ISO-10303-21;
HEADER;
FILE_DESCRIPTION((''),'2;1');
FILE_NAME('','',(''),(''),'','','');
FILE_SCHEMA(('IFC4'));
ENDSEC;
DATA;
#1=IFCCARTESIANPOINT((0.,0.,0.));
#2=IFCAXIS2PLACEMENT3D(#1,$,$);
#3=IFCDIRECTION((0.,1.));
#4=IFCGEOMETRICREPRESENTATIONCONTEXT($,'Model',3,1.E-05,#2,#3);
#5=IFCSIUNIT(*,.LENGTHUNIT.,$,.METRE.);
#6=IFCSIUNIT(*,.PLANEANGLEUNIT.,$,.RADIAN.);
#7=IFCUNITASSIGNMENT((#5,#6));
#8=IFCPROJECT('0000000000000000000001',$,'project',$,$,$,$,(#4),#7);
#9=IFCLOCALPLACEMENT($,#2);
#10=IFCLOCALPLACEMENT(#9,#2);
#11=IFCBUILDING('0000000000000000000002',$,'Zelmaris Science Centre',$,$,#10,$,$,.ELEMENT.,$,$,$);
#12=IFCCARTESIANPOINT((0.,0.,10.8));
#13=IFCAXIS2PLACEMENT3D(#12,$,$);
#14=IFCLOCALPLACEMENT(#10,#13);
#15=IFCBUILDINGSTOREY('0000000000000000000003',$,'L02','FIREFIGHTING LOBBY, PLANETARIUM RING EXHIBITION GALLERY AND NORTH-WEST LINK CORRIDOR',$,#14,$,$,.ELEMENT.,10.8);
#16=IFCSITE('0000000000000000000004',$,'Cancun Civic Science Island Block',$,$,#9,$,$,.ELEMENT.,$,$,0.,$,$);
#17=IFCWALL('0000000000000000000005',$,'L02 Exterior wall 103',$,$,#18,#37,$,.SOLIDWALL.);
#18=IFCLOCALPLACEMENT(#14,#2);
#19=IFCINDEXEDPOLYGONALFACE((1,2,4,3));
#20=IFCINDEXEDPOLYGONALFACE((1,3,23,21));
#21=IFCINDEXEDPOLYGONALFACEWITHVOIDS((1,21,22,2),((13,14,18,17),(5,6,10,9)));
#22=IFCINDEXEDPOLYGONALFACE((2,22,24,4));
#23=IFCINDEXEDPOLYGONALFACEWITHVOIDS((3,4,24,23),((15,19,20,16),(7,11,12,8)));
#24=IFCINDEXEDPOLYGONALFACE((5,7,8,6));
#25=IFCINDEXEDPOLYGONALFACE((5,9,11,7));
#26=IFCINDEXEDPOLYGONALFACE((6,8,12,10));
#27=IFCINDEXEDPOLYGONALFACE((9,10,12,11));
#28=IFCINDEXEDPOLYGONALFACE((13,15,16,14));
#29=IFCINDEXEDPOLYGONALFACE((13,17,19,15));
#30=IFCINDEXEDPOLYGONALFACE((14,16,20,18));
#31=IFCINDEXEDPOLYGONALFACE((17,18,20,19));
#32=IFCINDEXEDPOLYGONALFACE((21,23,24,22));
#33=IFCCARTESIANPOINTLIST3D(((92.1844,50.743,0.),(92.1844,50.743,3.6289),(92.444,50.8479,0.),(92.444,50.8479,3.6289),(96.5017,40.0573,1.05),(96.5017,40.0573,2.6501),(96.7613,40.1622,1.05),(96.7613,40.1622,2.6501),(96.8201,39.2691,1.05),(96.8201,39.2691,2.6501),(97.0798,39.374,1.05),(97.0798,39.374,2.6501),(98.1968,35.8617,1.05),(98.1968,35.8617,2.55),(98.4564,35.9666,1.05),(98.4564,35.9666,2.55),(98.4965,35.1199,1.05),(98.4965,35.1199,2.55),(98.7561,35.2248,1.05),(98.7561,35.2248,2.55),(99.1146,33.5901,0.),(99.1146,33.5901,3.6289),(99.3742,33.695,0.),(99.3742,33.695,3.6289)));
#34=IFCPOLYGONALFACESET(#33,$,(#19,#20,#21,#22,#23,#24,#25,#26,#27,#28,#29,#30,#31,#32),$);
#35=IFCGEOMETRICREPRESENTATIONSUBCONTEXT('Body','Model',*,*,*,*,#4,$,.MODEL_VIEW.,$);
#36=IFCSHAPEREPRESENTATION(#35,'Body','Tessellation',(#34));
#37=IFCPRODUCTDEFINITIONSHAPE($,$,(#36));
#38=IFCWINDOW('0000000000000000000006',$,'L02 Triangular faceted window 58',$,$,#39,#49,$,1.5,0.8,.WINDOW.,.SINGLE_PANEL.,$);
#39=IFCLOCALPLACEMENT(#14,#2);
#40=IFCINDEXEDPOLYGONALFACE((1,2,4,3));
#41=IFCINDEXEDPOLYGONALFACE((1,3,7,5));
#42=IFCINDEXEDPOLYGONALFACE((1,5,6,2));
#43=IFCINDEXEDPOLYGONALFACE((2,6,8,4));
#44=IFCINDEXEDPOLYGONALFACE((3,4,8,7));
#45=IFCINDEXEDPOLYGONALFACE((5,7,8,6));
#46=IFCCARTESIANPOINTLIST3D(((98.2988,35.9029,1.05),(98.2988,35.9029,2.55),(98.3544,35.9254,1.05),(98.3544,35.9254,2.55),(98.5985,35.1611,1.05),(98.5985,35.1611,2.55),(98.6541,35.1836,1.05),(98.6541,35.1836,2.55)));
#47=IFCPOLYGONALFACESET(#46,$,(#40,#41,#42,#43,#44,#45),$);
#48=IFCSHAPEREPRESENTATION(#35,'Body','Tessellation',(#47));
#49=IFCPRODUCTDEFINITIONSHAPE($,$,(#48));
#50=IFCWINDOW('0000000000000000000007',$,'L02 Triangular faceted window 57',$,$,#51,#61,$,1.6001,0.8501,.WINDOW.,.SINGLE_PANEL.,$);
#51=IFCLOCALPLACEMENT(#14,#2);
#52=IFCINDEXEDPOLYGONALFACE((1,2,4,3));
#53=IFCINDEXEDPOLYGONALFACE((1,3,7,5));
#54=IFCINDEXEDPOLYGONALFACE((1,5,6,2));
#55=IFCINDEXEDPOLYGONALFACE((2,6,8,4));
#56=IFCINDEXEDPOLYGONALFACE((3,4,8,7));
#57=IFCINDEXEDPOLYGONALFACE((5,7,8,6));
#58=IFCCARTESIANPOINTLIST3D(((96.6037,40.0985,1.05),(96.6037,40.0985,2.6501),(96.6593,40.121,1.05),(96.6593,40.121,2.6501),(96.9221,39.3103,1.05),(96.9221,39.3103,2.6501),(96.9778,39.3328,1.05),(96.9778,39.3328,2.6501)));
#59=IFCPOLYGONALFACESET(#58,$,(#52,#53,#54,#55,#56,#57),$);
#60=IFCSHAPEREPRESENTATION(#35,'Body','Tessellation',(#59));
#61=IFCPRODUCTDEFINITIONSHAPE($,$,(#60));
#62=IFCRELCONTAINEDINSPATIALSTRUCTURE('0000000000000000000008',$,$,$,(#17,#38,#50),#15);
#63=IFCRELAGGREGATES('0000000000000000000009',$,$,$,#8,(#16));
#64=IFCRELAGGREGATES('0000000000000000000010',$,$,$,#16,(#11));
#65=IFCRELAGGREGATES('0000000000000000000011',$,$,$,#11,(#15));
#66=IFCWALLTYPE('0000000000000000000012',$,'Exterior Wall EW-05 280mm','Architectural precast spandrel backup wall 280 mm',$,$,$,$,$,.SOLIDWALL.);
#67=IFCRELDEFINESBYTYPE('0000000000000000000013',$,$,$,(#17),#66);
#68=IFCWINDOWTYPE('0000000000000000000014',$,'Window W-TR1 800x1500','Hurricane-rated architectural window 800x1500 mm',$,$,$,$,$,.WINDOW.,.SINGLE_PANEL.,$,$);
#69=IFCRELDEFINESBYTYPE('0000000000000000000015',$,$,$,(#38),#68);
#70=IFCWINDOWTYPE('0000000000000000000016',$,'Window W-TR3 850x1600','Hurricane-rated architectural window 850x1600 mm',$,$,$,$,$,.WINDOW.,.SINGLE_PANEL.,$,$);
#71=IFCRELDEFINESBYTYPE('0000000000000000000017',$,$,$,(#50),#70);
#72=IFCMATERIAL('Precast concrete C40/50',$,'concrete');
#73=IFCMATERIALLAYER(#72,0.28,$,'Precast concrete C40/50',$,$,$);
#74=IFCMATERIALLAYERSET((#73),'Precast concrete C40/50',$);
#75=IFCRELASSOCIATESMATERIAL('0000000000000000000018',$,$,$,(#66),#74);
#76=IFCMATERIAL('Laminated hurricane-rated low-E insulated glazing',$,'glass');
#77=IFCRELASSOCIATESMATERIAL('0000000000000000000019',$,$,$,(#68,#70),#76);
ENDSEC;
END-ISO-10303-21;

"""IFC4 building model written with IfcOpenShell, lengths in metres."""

from ifc_helpers import new_model, si_unit, direction, frame, frame_2d, origin, place, context, subcontext, project, spatial, rectangle, extrude, material, layer, layer_set, type_object, element, fill, save


model = new_model("IFC4")

# Units and contexts
model_context = context("Model", 3, precision=1e-05, world=origin(), true_north=direction((0.0, 1.0)))
body_context = subcontext(model_context, "Body", "Model", "MODEL_VIEW")
ifc_project = project(units=[si_unit("LENGTHUNIT", "METRE"), si_unit("PLANEANGLEUNIT", "RADIAN")], contexts=[model_context])

# Site, building, storey
site_placement = place(None, origin())
site = spatial("IfcSite", under=ifc_project, at=site_placement, Name="Cancun Civic Science Island Block", CompositionType="ELEMENT", RefElevation=0.0)
building_placement = place(site_placement, origin())
building = spatial("IfcBuilding", under=site, at=building_placement, Name="Zelmaris Science Centre", CompositionType="ELEMENT")
storey_placement = place(building_placement, frame((0.0, 0.0, 10.8)))
storey = spatial("IfcBuildingStorey", under=building, at=storey_placement, Name="L02", Description="FIREFIGHTING LOBBY, PLANETARIUM RING EXHIBITION GALLERY AND NORTH-WEST LINK CORRIDOR", CompositionType="ELEMENT", Elevation=10.8)

# Shared definitions
ifc_material_1 = material(Name="Laminated hurricane-rated low-E insulated glazing", Category="glass")
ifc_material_2 = material(Name="Precast concrete C40/50", Category="concrete")

# Wall, openings, windows
ifc_layer_1 = layer(ifc_material_2, 0.28, Name="Precast concrete C40/50")
ifc_layer_set_1 = layer_set([ifc_layer_1], Name="Precast concrete C40/50")
wall_type = type_object("IfcWallType", Name="Exterior Wall EW-05 280mm", Description="Architectural precast spandrel backup wall 280 mm", PredefinedType="SOLIDWALL", material=ifc_layer_set_1)
wall_placement = place(storey_placement, frame((92.3142, 50.7954, 0.0), z_axis=(0.0, 0.0, 1.0), x_axis=(0.374606, -0.927184, 0.0)))
wall = element("IfcWall", 1, at=wall_placement, inside=storey, type_object=wall_type, Name="L02 Exterior wall 103", PredefinedType="SOLIDWALL", context=body_context, shape_type="SweptSolid", body=[
    extrude(rectangle(XDim=18.5, YDim=0.28, at=frame_2d((9.25, 0.0))), origin(), (0.0, 0.0, 1.0), 3.6289),
])
opening_1_placement = place(wall_placement, frame((11.5249, 0.0, 1.05)))
opening_1 = element("IfcOpeningElement", 2, at=opening_1_placement, cuts=wall, PredefinedType="OPENING", context=body_context, shape_type="SweptSolid", body=[
    extrude(rectangle(XDim=0.8501, YDim=1.6001, at=frame_2d((0.425, 0.8))), frame((0.0, 0.1499, 0.0), z_axis=(0.0, -1.0, 0.0), x_axis=(1.0, 0.0, 0.0)), (0.0, 0.0, 1.0), 0.3),
])
opening_2_placement = place(wall_placement, frame((16.05, 0.0, 1.05)))
opening_2 = element("IfcOpeningElement", 3, at=opening_2_placement, cuts=wall, PredefinedType="OPENING", context=body_context, shape_type="SweptSolid", body=[
    extrude(rectangle(XDim=0.8, YDim=1.5, at=frame_2d((0.3999, 0.75))), frame((0.0, 0.1499, 0.0), z_axis=(0.0, -1.0, 0.0), x_axis=(1.0, 0.0, 0.0)), (0.0, 0.0, 1.0), 0.3),
])
window_type_1 = type_object("IfcWindowType", Name="Window W-TR1 800x1500", Description="Hurricane-rated architectural window 800x1500 mm", PartitioningType="SINGLE_PANEL", PredefinedType="WINDOW", material=ifc_material_1)
window_1_placement = place(opening_2_placement, origin())
window_1 = element("IfcWindow", 4, at=window_1_placement, inside=storey, type_object=window_type_1, Name="L02 Triangular faceted window 58", OverallHeight=1.5, OverallWidth=0.8, PartitioningType="SINGLE_PANEL", PredefinedType="WINDOW", context=body_context, shape_type="SweptSolid", body=[
    extrude(rectangle(XDim=0.8, YDim=1.5, at=frame_2d((0.3999, 0.75))), frame((0.0, 0.03, 0.0), z_axis=(0.0, -1.0, 0.0), x_axis=(1.0, 0.0, 0.0)), (0.0, 0.0, 1.0), 0.0601),
])
fill(opening_2, window_1)
window_type_2 = type_object("IfcWindowType", Name="Window W-TR3 850x1600", Description="Hurricane-rated architectural window 850x1600 mm", PartitioningType="SINGLE_PANEL", PredefinedType="WINDOW", material=ifc_material_1)
window_2_placement = place(opening_1_placement, origin())
window_2 = element("IfcWindow", 5, at=window_2_placement, inside=storey, type_object=window_type_2, Name="L02 Triangular faceted window 57", OverallHeight=1.6001, OverallWidth=0.8501, PartitioningType="SINGLE_PANEL", PredefinedType="WINDOW", context=body_context, shape_type="SweptSolid", body=[
    extrude(rectangle(XDim=0.8501, YDim=1.6001, at=frame_2d((0.425, 0.8))), frame((0.0, 0.03, 0.0), z_axis=(0.0, -1.0, 0.0), x_axis=(1.0, 0.0, 0.0)), (0.0, 0.0, 1.0), 0.0601),
])
fill(opening_1, window_2)

save(model, "model.ifc")
